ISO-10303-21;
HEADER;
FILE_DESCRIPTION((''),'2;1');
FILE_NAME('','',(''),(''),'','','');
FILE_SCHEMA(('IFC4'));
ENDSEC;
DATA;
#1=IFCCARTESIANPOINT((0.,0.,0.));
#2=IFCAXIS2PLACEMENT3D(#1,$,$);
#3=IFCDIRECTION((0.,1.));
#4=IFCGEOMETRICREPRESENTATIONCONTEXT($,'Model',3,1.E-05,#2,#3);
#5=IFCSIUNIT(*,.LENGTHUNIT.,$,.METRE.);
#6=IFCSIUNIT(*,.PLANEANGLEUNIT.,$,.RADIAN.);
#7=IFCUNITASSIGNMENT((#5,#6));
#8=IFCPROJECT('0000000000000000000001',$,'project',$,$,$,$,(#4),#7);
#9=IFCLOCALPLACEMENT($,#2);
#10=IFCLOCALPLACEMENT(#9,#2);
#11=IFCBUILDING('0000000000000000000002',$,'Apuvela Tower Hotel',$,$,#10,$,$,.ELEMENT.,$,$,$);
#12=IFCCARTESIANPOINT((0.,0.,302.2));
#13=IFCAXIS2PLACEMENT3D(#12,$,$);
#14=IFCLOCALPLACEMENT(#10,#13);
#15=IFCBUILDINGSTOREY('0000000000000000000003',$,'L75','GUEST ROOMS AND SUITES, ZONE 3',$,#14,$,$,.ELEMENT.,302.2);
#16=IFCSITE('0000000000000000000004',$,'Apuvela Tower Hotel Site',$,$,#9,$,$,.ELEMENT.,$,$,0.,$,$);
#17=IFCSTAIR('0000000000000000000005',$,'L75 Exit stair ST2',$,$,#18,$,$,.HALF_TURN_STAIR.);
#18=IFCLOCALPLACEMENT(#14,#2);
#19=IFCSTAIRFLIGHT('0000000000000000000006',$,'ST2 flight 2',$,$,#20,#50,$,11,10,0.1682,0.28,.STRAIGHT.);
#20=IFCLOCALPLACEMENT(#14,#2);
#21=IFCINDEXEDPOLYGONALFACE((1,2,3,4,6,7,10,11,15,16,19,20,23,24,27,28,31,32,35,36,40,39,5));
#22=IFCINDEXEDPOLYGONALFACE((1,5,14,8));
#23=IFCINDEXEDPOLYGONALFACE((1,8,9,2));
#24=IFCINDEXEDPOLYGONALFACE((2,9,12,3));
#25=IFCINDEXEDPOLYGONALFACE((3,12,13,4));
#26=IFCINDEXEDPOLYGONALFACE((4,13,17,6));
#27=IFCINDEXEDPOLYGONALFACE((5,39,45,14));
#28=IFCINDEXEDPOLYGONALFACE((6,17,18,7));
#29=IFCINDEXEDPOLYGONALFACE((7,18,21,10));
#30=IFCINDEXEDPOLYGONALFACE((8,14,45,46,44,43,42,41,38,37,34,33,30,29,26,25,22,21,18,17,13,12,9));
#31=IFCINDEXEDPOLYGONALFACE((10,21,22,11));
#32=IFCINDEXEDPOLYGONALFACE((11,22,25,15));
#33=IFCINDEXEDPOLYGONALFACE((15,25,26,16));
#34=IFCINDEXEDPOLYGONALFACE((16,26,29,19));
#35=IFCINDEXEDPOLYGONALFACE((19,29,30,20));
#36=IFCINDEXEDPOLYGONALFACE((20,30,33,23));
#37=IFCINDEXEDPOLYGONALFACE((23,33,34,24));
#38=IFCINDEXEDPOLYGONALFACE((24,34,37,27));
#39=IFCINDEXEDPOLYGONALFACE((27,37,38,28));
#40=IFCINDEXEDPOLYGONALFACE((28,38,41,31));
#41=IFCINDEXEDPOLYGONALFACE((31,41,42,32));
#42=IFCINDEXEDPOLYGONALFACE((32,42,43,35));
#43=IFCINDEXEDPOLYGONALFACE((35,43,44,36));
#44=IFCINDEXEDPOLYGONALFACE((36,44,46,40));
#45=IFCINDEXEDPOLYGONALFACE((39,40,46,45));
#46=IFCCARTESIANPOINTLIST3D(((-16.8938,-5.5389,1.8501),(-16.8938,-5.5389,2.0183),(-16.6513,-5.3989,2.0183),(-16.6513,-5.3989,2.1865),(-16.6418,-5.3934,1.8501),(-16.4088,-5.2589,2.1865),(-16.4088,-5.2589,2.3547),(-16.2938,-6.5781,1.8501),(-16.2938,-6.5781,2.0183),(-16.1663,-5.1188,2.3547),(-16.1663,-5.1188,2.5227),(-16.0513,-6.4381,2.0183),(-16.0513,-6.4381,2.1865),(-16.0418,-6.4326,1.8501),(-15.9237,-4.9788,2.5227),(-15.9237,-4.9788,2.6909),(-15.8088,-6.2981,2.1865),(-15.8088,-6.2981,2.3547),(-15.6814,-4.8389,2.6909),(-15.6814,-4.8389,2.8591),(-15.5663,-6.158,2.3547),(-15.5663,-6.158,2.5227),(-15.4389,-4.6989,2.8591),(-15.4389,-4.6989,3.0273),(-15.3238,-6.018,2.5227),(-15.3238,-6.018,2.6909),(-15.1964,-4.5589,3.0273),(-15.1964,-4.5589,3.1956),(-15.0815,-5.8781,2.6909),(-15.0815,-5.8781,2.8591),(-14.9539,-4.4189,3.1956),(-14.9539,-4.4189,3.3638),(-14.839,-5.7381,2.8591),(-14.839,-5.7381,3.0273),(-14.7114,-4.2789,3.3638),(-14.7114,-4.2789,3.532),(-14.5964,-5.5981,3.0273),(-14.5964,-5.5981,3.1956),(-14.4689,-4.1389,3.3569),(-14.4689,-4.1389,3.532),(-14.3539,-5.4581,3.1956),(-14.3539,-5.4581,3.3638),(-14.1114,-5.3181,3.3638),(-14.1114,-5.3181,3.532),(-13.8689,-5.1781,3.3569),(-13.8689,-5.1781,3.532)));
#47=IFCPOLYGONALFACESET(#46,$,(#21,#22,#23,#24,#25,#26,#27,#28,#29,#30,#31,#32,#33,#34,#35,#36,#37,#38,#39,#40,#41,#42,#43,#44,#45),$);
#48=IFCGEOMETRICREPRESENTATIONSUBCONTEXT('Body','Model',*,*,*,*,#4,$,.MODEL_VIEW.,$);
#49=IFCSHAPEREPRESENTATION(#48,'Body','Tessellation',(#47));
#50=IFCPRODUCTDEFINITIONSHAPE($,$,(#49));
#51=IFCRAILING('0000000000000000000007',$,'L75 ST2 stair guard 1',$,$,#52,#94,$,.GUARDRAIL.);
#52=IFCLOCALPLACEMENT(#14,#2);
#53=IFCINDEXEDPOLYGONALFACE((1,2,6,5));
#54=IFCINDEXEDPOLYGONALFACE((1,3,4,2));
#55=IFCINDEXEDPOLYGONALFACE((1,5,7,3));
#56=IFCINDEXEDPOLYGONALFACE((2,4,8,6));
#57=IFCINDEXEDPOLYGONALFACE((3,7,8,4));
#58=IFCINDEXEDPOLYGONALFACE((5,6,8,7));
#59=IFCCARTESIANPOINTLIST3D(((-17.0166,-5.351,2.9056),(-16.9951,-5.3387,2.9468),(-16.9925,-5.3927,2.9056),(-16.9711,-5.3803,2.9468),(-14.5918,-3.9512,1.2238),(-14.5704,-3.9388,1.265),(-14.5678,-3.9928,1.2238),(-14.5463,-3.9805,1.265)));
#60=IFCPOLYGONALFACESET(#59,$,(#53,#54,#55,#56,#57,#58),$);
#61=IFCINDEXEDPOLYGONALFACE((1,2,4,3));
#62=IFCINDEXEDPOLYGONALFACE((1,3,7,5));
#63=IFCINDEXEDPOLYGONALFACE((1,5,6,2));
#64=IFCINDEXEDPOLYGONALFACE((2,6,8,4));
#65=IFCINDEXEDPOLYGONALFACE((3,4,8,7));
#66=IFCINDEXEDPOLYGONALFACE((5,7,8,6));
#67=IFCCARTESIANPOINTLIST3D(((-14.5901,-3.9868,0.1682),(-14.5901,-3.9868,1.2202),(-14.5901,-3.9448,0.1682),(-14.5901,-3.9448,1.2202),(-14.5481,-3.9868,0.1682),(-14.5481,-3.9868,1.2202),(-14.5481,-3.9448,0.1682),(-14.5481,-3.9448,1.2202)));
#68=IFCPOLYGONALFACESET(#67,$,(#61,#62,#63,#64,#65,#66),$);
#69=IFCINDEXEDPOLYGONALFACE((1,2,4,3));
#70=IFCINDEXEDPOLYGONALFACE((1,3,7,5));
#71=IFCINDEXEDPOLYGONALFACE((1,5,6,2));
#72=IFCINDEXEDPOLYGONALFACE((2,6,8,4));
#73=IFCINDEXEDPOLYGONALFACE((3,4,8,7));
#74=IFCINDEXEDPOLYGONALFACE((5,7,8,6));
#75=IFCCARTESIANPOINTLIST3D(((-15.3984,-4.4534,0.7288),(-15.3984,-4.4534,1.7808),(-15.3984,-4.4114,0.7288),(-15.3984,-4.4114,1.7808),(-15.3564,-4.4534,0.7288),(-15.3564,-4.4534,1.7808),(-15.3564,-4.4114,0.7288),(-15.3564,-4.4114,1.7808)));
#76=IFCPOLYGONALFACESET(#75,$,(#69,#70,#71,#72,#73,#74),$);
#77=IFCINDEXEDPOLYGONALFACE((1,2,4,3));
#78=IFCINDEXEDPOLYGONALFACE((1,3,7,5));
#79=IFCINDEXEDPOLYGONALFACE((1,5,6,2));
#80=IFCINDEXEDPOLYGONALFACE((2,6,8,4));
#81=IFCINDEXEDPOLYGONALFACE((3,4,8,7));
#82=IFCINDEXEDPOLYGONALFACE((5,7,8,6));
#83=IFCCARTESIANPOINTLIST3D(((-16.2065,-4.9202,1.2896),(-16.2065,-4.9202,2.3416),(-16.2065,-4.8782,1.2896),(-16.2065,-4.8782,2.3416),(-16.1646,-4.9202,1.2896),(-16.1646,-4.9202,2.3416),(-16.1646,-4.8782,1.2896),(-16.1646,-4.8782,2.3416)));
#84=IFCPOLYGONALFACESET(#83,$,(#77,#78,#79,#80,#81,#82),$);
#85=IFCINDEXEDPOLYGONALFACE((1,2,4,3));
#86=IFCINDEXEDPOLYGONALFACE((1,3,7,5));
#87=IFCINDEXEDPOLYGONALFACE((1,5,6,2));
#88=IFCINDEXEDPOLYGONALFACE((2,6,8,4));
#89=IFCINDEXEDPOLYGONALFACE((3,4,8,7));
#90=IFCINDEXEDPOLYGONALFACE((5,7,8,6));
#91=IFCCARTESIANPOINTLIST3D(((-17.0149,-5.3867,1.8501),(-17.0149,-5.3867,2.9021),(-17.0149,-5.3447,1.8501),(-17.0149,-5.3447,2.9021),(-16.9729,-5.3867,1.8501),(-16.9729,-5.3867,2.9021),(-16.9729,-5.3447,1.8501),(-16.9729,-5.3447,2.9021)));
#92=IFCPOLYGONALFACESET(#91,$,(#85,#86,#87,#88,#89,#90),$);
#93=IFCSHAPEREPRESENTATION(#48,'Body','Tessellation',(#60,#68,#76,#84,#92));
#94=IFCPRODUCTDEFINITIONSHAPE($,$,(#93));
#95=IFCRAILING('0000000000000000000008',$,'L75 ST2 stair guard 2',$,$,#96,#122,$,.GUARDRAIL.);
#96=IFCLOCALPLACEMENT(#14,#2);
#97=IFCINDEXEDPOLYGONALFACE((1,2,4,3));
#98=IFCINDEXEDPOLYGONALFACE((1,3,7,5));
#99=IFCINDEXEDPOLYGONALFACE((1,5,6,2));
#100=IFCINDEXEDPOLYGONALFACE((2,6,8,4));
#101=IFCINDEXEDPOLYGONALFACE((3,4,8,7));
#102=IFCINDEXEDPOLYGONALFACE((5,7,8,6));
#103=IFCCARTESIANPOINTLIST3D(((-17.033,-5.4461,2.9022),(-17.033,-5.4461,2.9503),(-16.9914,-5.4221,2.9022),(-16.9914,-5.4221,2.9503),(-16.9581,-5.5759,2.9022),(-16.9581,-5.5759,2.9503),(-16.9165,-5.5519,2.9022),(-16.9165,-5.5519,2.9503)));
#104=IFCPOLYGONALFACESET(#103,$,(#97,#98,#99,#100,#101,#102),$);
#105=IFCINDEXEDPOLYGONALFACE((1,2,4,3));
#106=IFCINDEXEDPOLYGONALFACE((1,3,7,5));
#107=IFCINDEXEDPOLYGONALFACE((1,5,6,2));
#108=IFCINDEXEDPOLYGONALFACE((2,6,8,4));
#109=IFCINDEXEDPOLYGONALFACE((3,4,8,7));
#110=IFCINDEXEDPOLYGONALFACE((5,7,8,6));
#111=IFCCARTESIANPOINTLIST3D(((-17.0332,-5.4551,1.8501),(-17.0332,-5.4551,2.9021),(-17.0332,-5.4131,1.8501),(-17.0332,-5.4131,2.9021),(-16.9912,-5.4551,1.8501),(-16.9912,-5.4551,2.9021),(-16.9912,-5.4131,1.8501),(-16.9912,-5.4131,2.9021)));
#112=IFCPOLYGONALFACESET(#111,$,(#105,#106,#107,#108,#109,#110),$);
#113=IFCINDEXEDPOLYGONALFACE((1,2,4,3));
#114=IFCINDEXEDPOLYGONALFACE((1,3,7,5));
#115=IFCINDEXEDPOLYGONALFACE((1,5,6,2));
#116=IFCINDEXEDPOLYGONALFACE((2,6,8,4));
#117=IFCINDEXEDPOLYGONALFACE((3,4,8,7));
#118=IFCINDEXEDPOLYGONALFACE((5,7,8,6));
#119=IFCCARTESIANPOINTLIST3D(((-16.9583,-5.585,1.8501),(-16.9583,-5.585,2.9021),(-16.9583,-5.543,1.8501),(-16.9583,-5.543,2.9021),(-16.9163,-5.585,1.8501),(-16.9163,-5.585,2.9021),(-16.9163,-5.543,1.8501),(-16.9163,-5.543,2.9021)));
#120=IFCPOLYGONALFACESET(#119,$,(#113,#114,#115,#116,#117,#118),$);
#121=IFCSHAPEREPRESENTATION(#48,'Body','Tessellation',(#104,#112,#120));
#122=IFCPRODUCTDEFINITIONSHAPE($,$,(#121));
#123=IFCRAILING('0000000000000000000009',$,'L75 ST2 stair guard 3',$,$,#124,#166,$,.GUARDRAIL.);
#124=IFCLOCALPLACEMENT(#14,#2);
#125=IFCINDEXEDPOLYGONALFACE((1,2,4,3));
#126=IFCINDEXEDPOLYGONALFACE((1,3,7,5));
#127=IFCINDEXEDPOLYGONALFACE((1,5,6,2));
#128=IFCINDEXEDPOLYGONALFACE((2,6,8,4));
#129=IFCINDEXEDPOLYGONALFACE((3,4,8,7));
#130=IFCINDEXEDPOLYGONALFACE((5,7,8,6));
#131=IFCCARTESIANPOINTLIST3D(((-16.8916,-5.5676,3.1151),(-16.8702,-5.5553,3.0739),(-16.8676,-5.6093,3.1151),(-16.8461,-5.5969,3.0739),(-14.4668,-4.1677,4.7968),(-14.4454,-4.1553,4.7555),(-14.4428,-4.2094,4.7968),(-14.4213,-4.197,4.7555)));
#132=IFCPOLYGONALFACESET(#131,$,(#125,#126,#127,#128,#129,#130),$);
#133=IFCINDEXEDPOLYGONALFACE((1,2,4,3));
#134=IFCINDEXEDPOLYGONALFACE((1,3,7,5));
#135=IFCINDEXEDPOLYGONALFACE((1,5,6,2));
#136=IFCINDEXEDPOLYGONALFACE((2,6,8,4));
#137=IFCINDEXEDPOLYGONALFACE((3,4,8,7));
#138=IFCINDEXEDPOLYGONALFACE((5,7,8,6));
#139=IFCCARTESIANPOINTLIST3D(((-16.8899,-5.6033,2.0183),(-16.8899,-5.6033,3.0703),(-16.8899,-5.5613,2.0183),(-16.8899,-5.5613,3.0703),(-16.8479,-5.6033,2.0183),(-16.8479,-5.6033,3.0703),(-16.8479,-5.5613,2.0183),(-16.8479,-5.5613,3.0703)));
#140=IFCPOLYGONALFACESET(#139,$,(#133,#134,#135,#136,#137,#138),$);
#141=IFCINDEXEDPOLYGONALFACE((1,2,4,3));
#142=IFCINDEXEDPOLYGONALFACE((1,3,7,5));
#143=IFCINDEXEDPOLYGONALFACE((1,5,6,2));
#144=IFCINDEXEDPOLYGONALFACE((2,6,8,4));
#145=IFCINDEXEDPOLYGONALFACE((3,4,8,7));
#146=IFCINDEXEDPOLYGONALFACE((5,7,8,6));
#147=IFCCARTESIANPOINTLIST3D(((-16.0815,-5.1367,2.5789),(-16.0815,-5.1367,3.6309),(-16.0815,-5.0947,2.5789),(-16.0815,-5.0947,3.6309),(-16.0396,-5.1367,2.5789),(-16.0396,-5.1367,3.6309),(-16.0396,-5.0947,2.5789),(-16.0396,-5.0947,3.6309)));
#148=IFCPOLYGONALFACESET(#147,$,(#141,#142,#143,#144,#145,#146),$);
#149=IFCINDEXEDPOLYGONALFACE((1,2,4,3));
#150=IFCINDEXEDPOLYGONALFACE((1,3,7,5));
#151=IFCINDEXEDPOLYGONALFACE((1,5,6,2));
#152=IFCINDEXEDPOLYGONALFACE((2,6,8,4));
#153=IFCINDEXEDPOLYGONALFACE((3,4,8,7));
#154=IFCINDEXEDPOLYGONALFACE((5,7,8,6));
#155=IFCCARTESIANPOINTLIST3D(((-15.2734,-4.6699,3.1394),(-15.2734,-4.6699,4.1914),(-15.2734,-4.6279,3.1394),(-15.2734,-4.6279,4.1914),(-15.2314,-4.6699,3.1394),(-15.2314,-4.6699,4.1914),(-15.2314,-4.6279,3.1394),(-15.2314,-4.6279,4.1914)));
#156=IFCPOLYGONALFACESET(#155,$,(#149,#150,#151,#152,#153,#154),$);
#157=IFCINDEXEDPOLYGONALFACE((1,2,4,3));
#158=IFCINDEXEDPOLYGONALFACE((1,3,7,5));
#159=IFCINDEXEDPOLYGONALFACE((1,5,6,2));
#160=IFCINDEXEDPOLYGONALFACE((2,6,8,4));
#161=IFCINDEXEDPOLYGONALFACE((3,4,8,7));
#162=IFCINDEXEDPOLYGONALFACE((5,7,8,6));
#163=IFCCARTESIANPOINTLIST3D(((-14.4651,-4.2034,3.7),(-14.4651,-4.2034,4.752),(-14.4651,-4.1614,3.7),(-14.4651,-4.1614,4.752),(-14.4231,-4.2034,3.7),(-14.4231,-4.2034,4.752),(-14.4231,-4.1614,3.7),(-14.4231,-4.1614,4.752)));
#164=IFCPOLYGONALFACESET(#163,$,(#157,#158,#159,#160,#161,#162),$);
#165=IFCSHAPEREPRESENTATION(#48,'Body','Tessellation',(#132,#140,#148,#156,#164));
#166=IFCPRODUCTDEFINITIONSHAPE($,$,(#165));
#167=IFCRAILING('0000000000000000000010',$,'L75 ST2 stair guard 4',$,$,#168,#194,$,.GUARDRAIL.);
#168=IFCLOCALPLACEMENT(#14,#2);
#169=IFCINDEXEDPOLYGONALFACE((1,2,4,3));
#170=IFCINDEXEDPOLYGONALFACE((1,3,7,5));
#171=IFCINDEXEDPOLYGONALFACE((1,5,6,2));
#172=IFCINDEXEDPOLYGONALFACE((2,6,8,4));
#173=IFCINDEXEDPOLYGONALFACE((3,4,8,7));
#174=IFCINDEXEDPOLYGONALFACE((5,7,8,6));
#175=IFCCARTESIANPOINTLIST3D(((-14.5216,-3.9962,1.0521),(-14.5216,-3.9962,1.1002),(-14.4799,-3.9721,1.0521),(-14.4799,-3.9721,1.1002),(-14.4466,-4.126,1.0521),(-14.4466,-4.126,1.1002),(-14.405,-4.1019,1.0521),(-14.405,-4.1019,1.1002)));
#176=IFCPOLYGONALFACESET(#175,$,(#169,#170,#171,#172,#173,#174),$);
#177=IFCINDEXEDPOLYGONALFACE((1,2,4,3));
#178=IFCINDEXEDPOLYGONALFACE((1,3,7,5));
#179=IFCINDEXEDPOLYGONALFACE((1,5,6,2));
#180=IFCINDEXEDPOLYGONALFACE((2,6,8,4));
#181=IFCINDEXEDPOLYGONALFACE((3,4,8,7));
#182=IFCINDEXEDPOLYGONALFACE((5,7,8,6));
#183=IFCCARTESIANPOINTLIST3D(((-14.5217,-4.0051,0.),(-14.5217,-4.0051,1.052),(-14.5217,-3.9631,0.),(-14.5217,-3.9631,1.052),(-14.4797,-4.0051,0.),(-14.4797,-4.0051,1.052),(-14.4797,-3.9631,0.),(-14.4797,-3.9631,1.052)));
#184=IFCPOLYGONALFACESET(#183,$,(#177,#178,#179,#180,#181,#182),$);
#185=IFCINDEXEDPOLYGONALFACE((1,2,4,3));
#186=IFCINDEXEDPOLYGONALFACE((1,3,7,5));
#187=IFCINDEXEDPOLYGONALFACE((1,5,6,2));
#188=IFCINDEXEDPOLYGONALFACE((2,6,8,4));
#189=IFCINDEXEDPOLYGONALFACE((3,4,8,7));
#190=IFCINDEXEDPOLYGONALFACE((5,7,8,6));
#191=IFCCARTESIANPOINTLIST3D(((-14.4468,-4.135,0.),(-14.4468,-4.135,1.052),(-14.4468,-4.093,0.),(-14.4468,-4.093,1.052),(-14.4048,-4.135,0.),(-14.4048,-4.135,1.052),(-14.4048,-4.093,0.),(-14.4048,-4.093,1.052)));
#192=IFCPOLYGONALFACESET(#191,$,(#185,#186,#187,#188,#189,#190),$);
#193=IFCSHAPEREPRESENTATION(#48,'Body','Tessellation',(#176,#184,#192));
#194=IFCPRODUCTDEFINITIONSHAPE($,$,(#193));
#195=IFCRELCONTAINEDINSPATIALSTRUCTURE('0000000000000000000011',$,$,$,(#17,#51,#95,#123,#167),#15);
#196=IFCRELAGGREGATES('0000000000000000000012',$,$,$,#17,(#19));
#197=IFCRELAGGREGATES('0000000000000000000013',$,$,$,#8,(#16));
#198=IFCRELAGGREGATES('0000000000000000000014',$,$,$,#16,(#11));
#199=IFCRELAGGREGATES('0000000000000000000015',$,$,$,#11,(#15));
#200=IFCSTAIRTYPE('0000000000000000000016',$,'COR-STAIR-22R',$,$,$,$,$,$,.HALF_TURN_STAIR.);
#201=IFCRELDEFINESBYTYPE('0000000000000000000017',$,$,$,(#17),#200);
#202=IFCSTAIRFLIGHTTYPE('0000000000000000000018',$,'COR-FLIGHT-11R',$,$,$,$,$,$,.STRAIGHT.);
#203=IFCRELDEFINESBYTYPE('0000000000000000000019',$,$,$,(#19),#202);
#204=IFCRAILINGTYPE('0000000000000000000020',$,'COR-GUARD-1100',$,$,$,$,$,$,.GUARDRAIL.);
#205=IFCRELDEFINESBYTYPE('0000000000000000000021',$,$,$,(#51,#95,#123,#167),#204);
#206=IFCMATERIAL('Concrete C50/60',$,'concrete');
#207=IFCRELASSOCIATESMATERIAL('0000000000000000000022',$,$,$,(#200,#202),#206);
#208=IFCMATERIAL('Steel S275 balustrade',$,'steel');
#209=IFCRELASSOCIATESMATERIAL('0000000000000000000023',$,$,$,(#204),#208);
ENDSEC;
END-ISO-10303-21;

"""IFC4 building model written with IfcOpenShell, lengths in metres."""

from ifc_helpers import new_model, si_unit, direction, frame, origin, origin_2d, place, context, subcontext, project, spatial, polyline, rectangle, outline, extrude, material, type_object, element, aggregate, save


model = new_model("IFC4")

# Units and contexts
model_context = context("Model", 3, precision=1e-05, world=origin(), true_north=direction((0.0, 1.0)))
body_context = subcontext(model_context, "Body", "Model", "MODEL_VIEW")
ifc_project = project(units=[si_unit("LENGTHUNIT", "METRE"), si_unit("PLANEANGLEUNIT", "RADIAN")], contexts=[model_context])

# Site, building, storey
site_placement = place(None, origin())
site = spatial("IfcSite", under=ifc_project, at=site_placement, Name="Apuvela Tower Hotel Site", CompositionType="ELEMENT", RefElevation=0.0)
building_placement = place(site_placement, origin())
building = spatial("IfcBuilding", under=site, at=building_placement, Name="Apuvela Tower Hotel", CompositionType="ELEMENT")
storey_placement = place(building_placement, frame((0.0, 0.0, 302.2)))
storey = spatial("IfcBuildingStorey", under=building, at=storey_placement, Name="L75", Description="GUEST ROOMS AND SUITES, ZONE 3", CompositionType="ELEMENT", Elevation=302.2)

# Shared definitions
ifc_material_1 = material(Name="Concrete C50/60", Category="concrete")

# Stair, stair flight
stair_type = type_object("IfcStairType", Name="COR-STAIR-22R", PredefinedType="HALF_TURN_STAIR", material=ifc_material_1)
stair_placement = place(storey_placement, origin())
stair = element("IfcStair", 1, at=stair_placement, inside=storey, type_object=stair_type, Name="L75 Exit stair ST2", PredefinedType="HALF_TURN_STAIR")
stair_flight_type = type_object("IfcStairFlightType", Name="COR-FLIGHT-11R", PredefinedType="STRAIGHT", material=ifc_material_1)
stair_flight_1_placement = place(storey_placement, frame((-16.5938, -6.0586, 1.8501), z_axis=(0.0, 0.0, 1.0), x_axis=(0.866025, 0.5, 0.0)))
stair_flight_1 = element("IfcStairFlight", 2, at=stair_flight_1_placement, type_object=stair_flight_type, Name="ST2 flight 2", NumberOfRisers=11, NumberOfTreads=10, PredefinedType="STRAIGHT", RiserHeight=0.1682, TreadLength=0.28, context=body_context, shape_type="SweptSolid", body=[
    extrude(outline(polyline([(0.0, 0.0), (0.0, 0.1682), (0.28, 0.1682), (0.28, 0.3364), (0.5601, 0.3364), (0.5601, 0.5046), (0.8401, 0.5046), (0.8401, 0.6726), (1.1201, 0.6726), (1.1201, 0.8408), (1.3999, 0.8408), (1.3999, 1.009), (1.6799, 1.009), (1.6799, 1.1772), (1.96, 1.1772), (1.96, 1.3455), (2.24, 1.3455), (2.24, 1.5137), (2.52, 1.5137), (2.52, 1.6819), (2.8, 1.6819), (2.8, 1.8501), (2.8, 1.5068), (0.291, 0.0), (0.0, 0.0)])), frame((0.0, 0.6001, 0.0), z_axis=(0.0, -1.0, 0.0), x_axis=(1.0, 0.0, 0.0)), (0.0, 0.0, 1.0), 1.2),
])
aggregate(stair, [stair_flight_1])

# Railings
ifc_material_2 = material(Name="Steel S275 balustrade", Category="steel")
railing_type_1 = type_object("IfcRailingType", Name="COR-GUARD-1100", PredefinedType="GUARDRAIL", material=ifc_material_2)
railing_1_placement = place(storey_placement, frame((-14.5691, -3.9658, 0.1682)))
element("IfcRailing", 3, at=railing_1_placement, inside=storey, type_object=railing_type_1, Name="L75 ST2 stair guard 1", PredefinedType="GUARDRAIL", context=body_context, shape_type="SweptSolid", body=[
    extrude(rectangle(XDim=0.0481, YDim=0.0481, at=origin_2d()), frame((0.0, 0.0, 1.0762), z_axis=(-0.74239, -0.428601, 0.514934), x_axis=(0.499984, -0.866035, 0.0)), (0.0, 0.0, 1.0), 3.2661),
    extrude(rectangle(XDim=0.042, YDim=0.042, at=origin_2d()), origin(), (0.0, 0.0, 1.0), 1.052),
    extrude(rectangle(XDim=0.042, YDim=0.042, at=origin_2d()), frame((-0.8083, -0.4666, 0.5605)), (0.0, 0.0, 1.0), 1.052),
    extrude(rectangle(XDim=0.042, YDim=0.042, at=origin_2d()), frame((-1.6165, -0.9333, 1.1213)), (0.0, 0.0, 1.0), 1.052),
    extrude(rectangle(XDim=0.042, YDim=0.042, at=origin_2d()), frame((-2.4248, -1.3999, 1.6819)), (0.0, 0.0, 1.0), 1.052),
])
railing_2_placement = place(storey_placement, frame((-17.0122, -5.4341, 1.8501)))
element("IfcRailing", 4, at=railing_2_placement, inside=storey, type_object=railing_type_1, Name="L75 ST2 stair guard 2", PredefinedType="GUARDRAIL", context=body_context, shape_type="SweptSolid", body=[
    extrude(rectangle(XDim=0.0481, YDim=0.0481, at=origin_2d()), frame((0.0, 0.0, 1.0762), z_axis=(0.499816, -0.866131, 0.0), x_axis=(0.866131, 0.499816, 0.0)), (0.0, 0.0, 1.0), 0.1499),
    extrude(rectangle(XDim=0.042, YDim=0.042, at=origin_2d()), origin(), (0.0, 0.0, 1.0), 1.052),
    extrude(rectangle(XDim=0.042, YDim=0.042, at=origin_2d()), frame((0.075, -0.1299, 0.0)), (0.0, 0.0, 1.0), 1.052),
])
railing_3_placement = place(storey_placement, frame((-16.8689, -5.5823, 2.0183)))
element("IfcRailing", 5, at=railing_3_placement, inside=storey, type_object=railing_type_1, Name="L75 ST2 stair guard 3", PredefinedType="GUARDRAIL", context=body_context, shape_type="SweptSolid", body=[
    extrude(rectangle(XDim=0.0481, YDim=0.0481, at=origin_2d()), frame((0.0, 0.0, 1.0762), z_axis=(0.742419, 0.428618, 0.514879), x_axis=(-0.499984, 0.866035, 0.0)), (0.0, 0.0, 1.0), 3.2661),
    extrude(rectangle(XDim=0.042, YDim=0.042, at=origin_2d()), origin(), (0.0, 0.0, 1.0), 1.052),
    extrude(rectangle(XDim=0.042, YDim=0.042, at=origin_2d()), frame((0.8083, 0.4666, 0.5605)), (0.0, 0.0, 1.0), 1.052),
    extrude(rectangle(XDim=0.042, YDim=0.042, at=origin_2d()), frame((1.6165, 0.9333, 1.1211)), (0.0, 0.0, 1.0), 1.052),
    extrude(rectangle(XDim=0.042, YDim=0.042, at=origin_2d()), frame((2.4248, 1.3999, 1.6816)), (0.0, 0.0, 1.0), 1.052),
])
railing_4_placement = place(storey_placement, frame((-14.5007, -3.9841, 0.0)))
element("IfcRailing", 6, at=railing_4_placement, inside=storey, type_object=railing_type_1, Name="L75 ST2 stair guard 4", PredefinedType="GUARDRAIL", context=body_context, shape_type="SweptSolid", body=[
    extrude(rectangle(XDim=0.0481, YDim=0.0481, at=origin_2d()), frame((0.0, 0.0, 1.0762), z_axis=(0.499816, -0.866131, 0.0), x_axis=(0.866131, 0.499816, 0.0)), (0.0, 0.0, 1.0), 0.1499),
    extrude(rectangle(XDim=0.042, YDim=0.042, at=origin_2d()), origin(), (0.0, 0.0, 1.0), 1.052),
    extrude(rectangle(XDim=0.042, YDim=0.042, at=origin_2d()), frame((0.075, -0.1299, 0.0)), (0.0, 0.0, 1.0), 1.052),
])

save(model, "model.ifc")
